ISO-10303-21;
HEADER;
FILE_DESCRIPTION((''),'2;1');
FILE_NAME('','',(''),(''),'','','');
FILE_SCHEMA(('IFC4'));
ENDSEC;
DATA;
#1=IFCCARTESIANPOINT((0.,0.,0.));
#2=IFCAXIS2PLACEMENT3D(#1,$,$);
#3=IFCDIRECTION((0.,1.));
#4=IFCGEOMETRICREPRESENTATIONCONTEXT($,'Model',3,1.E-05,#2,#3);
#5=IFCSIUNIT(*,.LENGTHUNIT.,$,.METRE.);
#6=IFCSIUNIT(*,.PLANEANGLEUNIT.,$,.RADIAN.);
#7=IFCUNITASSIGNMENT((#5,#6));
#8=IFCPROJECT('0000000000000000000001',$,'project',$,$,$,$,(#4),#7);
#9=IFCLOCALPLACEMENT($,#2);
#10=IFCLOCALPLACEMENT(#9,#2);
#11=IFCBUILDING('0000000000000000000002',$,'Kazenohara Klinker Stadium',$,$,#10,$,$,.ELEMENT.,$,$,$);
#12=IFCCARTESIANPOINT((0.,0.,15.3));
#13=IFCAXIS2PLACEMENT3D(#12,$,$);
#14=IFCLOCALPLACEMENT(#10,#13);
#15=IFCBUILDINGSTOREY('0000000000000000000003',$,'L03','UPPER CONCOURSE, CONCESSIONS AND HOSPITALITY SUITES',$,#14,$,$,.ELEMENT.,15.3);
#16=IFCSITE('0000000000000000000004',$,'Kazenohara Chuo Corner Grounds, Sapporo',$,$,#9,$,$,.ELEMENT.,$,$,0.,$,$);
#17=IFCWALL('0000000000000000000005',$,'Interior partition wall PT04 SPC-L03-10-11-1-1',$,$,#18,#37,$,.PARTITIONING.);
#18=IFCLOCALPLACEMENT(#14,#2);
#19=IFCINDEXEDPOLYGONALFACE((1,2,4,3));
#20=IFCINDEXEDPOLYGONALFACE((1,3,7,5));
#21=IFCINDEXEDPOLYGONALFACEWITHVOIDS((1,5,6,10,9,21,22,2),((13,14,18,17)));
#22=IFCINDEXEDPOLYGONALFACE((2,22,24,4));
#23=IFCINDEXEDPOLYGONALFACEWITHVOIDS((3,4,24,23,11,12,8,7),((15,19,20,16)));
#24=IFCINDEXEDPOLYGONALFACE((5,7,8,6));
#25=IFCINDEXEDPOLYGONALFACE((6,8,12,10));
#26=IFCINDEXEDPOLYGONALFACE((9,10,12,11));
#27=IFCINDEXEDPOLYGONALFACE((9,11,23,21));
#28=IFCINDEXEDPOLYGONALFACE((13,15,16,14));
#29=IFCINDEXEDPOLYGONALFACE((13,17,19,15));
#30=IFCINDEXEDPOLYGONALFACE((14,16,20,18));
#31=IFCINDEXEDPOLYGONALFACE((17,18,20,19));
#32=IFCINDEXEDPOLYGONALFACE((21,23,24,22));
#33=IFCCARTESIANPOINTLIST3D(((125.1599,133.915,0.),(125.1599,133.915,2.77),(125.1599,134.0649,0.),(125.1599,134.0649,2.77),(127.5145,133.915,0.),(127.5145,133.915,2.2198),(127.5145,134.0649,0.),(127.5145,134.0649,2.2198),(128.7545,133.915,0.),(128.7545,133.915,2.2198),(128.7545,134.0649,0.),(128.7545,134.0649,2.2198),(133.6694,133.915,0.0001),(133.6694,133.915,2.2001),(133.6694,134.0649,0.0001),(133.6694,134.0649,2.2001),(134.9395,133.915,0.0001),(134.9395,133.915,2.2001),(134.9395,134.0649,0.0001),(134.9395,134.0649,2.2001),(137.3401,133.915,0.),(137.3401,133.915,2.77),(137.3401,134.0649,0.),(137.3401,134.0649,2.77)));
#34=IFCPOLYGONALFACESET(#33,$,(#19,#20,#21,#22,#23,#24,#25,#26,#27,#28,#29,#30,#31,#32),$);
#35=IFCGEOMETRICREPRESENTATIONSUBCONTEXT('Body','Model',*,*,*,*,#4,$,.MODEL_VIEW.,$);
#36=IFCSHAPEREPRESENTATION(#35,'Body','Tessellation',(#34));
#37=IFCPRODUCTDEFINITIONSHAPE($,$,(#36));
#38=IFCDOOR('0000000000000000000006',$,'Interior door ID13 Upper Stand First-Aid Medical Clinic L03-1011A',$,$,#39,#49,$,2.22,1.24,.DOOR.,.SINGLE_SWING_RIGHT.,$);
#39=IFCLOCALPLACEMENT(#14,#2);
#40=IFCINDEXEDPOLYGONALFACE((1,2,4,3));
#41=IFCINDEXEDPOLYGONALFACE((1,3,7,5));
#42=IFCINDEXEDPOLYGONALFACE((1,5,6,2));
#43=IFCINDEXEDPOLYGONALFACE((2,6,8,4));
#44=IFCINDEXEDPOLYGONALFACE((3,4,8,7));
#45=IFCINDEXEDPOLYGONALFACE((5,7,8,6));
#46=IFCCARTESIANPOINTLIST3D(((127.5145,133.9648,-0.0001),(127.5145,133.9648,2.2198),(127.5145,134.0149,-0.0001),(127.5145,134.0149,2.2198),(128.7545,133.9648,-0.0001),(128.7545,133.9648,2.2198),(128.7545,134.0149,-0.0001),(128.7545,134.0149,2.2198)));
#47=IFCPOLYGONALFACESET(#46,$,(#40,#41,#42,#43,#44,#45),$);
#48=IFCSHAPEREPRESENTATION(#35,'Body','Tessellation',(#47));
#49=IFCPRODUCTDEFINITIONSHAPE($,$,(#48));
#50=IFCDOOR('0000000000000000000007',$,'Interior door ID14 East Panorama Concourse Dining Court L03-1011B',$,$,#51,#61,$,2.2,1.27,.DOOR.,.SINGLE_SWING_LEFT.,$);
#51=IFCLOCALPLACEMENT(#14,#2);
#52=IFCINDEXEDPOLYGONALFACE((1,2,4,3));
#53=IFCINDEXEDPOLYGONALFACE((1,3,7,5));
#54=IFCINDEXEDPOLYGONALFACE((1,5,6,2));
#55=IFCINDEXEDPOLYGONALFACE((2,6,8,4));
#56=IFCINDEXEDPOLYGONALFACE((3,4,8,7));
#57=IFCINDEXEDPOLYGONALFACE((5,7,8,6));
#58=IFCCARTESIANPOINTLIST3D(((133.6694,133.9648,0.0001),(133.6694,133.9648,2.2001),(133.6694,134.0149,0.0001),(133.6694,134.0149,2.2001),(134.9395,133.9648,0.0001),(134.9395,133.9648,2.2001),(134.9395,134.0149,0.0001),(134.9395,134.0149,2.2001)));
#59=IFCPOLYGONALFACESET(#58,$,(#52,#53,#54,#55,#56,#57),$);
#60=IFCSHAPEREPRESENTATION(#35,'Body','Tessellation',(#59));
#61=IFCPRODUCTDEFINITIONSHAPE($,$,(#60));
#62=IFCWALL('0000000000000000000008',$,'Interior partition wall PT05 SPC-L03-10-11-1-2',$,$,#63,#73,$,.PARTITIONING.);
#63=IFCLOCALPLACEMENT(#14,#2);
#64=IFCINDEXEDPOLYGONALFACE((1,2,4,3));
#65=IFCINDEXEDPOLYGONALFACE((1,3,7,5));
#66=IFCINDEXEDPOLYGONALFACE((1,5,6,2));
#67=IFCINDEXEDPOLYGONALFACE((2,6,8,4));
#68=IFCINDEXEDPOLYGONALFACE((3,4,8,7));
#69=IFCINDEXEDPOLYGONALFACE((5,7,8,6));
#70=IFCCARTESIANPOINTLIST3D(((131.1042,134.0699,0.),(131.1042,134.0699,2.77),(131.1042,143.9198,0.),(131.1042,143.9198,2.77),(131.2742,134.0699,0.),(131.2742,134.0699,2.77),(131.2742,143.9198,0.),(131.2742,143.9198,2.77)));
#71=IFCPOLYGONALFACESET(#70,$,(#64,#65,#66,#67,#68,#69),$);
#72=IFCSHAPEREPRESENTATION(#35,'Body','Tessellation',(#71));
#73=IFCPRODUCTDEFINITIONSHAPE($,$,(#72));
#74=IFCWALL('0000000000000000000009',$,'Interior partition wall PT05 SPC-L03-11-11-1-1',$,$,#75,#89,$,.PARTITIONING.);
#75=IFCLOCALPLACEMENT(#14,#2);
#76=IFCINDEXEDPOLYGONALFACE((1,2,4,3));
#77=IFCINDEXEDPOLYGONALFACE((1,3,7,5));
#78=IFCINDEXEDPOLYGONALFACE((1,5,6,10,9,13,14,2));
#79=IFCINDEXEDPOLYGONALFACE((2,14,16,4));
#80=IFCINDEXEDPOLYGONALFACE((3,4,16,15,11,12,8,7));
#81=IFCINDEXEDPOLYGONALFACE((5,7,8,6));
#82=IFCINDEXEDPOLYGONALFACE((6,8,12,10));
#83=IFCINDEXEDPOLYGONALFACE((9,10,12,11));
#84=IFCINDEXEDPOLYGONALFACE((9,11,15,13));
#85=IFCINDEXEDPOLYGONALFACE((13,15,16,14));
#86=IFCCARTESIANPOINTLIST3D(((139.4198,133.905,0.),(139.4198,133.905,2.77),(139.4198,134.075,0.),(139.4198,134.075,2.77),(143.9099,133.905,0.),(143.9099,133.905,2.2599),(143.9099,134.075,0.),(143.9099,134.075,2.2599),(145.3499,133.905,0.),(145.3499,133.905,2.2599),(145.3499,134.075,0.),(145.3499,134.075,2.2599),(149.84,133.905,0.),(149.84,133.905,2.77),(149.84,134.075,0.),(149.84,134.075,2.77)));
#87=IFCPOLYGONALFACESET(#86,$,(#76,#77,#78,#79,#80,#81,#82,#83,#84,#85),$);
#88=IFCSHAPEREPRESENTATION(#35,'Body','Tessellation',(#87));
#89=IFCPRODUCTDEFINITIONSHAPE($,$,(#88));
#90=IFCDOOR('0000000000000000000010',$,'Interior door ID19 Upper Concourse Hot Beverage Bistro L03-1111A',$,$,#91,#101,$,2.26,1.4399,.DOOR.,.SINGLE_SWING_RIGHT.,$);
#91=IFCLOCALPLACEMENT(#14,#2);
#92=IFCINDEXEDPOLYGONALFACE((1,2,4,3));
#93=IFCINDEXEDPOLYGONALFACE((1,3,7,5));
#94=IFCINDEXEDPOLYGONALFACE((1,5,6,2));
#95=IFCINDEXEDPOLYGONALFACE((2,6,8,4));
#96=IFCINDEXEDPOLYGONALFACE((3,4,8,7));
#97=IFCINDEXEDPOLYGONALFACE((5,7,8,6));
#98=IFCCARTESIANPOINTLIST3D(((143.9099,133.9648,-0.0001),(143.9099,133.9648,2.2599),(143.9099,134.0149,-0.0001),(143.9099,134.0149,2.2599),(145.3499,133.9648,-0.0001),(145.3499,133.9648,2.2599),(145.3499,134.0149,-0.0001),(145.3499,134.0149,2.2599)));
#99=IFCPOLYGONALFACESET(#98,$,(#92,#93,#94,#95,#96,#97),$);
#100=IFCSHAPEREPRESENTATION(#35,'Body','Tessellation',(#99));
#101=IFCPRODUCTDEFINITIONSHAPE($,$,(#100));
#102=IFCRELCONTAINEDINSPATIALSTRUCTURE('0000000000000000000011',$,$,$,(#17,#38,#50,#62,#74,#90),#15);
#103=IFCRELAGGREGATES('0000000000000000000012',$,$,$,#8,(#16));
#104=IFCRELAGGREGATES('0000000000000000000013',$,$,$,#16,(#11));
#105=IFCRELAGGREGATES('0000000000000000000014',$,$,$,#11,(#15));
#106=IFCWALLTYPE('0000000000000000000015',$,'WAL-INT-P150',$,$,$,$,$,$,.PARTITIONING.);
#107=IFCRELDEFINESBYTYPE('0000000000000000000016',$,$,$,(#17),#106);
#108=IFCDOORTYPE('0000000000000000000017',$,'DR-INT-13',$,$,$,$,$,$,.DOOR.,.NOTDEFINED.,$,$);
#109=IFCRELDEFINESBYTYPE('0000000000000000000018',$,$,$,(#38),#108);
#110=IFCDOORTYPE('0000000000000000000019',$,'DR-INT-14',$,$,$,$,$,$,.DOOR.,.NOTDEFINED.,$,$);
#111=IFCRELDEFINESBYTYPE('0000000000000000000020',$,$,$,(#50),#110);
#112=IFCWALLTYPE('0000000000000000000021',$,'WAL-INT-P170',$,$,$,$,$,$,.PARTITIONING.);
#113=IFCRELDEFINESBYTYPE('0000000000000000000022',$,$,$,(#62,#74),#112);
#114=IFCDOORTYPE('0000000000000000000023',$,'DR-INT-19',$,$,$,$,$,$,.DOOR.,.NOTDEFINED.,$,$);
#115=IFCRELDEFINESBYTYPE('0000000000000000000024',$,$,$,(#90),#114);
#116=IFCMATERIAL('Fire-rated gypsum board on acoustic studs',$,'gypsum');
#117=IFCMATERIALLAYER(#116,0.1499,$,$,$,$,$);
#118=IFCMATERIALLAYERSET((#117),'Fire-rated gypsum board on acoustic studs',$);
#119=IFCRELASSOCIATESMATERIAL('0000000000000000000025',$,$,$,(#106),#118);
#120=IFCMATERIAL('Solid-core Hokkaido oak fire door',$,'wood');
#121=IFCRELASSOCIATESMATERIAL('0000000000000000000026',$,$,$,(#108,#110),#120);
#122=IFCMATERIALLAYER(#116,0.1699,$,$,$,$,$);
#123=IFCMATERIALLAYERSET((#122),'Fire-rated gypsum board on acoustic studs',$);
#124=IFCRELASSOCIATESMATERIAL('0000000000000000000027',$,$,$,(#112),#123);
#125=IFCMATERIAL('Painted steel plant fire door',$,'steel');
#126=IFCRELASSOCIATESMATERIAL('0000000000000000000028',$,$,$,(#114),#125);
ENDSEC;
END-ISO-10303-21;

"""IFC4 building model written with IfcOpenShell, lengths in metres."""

from ifc_helpers import new_model, si_unit, direction, frame, frame_2d, origin, place, context, subcontext, project, spatial, rectangle, extrude, material, layer, layer_set, type_object, element, fill, save


model = new_model("IFC4")

# Units and contexts
model_context = context("Model", 3, precision=1e-05, world=origin(), true_north=direction((0.0, 1.0)))
body_context = subcontext(model_context, "Body", "Model", "MODEL_VIEW")
ifc_project = project(units=[si_unit("LENGTHUNIT", "METRE"), si_unit("PLANEANGLEUNIT", "RADIAN")], contexts=[model_context])

# Site, building, storey
site_placement = place(None, origin())
site = spatial("IfcSite", under=ifc_project, at=site_placement, Name="Kazenohara Chuo Corner Grounds, Sapporo", CompositionType="ELEMENT", RefElevation=0.0)
building_placement = place(site_placement, origin())
building = spatial("IfcBuilding", under=site, at=building_placement, Name="Kazenohara Klinker Stadium", CompositionType="ELEMENT")
storey_placement = place(building_placement, frame((0.0, 0.0, 15.3)))
storey = spatial("IfcBuildingStorey", under=building, at=storey_placement, Name="L03", Description="UPPER CONCOURSE, CONCESSIONS AND HOSPITALITY SUITES", CompositionType="ELEMENT", Elevation=15.3)

# Wall, openings, doors
ifc_material_1 = material(Name="Fire-rated gypsum board on acoustic studs", Category="gypsum")
ifc_layer_1 = layer(ifc_material_1, 0.1499)
ifc_layer_set_1 = layer_set([ifc_layer_1], Name="Fire-rated gypsum board on acoustic studs")
wall_type_1 = type_object("IfcWallType", Name="WAL-INT-P150", PredefinedType="PARTITIONING", material=ifc_layer_set_1)
wall_1_placement = place(storey_placement, frame((125.1599, 133.99, 0.0), z_axis=(0.0, 0.0, 1.0), x_axis=(1.0, 0.0, 0.0)))
wall_1 = element("IfcWall", 1, at=wall_1_placement, inside=storey, type_object=wall_type_1, Name="Interior partition wall PT04 SPC-L03-10-11-1-1", PredefinedType="PARTITIONING", context=body_context, shape_type="SweptSolid", body=[
    extrude(rectangle(XDim=12.1802, YDim=0.1499, at=frame_2d((6.0901, 0.0))), origin(), (0.0, 0.0, 1.0), 2.77),
])
opening_1_placement = place(wall_1_placement, frame((2.3545, 0.0, 0.0)))
opening_1 = element("IfcOpeningElement", 2, at=opening_1_placement, cuts=wall_1, PredefinedType="OPENING", context=body_context, shape_type="SweptSolid", body=[
    extrude(rectangle(XDim=1.24, YDim=2.22, at=frame_2d((0.6201, 1.1099))), frame((0.0, 0.085, 0.0), z_axis=(0.0, -1.0, 0.0), x_axis=(1.0, 0.0, 0.0)), (0.0, 0.0, 1.0), 0.1699),
])
opening_2_placement = place(wall_1_placement, frame((8.5095, 0.0, 0.0)))
opening_2 = element("IfcOpeningElement", 3, at=opening_2_placement, cuts=wall_1, PredefinedType="OPENING", context=body_context, shape_type="SweptSolid", body=[
    extrude(rectangle(XDim=1.27, YDim=2.2, at=frame_2d((0.635, 1.1001))), frame((0.0, 0.085, 0.0), z_axis=(0.0, -1.0, 0.0), x_axis=(1.0, 0.0, 0.0)), (0.0, 0.0, 1.0), 0.1699),
])
ifc_material_2 = material(Name="Solid-core Hokkaido oak fire door", Category="wood")
door_type_1 = type_object("IfcDoorType", Name="DR-INT-13", OperationType="NOTDEFINED", PredefinedType="DOOR", material=ifc_material_2)
door_1_placement = place(opening_1_placement, origin())
door_1 = element("IfcDoor", 4, at=door_1_placement, inside=storey, type_object=door_type_1, Name="Interior door ID13 Upper Stand First-Aid Medical Clinic L03-1011A", OperationType="SINGLE_SWING_RIGHT", OverallHeight=2.22, OverallWidth=1.24, PredefinedType="DOOR", context=body_context, shape_type="SweptSolid", body=[
    extrude(rectangle(XDim=1.24, YDim=2.22, at=frame_2d((0.6201, 1.1099))), frame((0.0, 0.0249, 0.0), z_axis=(0.0, -1.0, 0.0), x_axis=(1.0, 0.0, 0.0)), (0.0, 0.0, 1.0), 0.05),
])
fill(opening_1, door_1)
door_type_2 = type_object("IfcDoorType", Name="DR-INT-14", OperationType="NOTDEFINED", PredefinedType="DOOR", material=ifc_material_2)
door_2_placement = place(opening_2_placement, origin())
door_2 = element("IfcDoor", 5, at=door_2_placement, inside=storey, type_object=door_type_2, Name="Interior door ID14 East Panorama Concourse Dining Court L03-1011B", OperationType="SINGLE_SWING_LEFT", OverallHeight=2.2, OverallWidth=1.27, PredefinedType="DOOR", context=body_context, shape_type="SweptSolid", body=[
    extrude(rectangle(XDim=1.27, YDim=2.2, at=frame_2d((0.635, 1.1001))), frame((0.0, 0.0249, 0.0), z_axis=(0.0, -1.0, 0.0), x_axis=(1.0, 0.0, 0.0)), (0.0, 0.0, 1.0), 0.05),
])
fill(opening_2, door_2)

# Wall
ifc_layer_2 = layer(ifc_material_1, 0.1699)
ifc_layer_set_2 = layer_set([ifc_layer_2], Name="Fire-rated gypsum board on acoustic studs")
wall_type_2 = type_object("IfcWallType", Name="WAL-INT-P170", PredefinedType="PARTITIONING", material=ifc_layer_set_2)
wall_2_placement = place(storey_placement, frame((131.1892, 134.0701, 0.0), z_axis=(0.0, 0.0, 1.0), x_axis=(0.0, 1.0, 0.0)))
element("IfcWall", 6, at=wall_2_placement, inside=storey, type_object=wall_type_2, Name="Interior partition wall PT05 SPC-L03-10-11-1-2", PredefinedType="PARTITIONING", context=body_context, shape_type="SweptSolid", body=[
    extrude(rectangle(XDim=9.8499, YDim=0.1699, at=frame_2d((4.9248, 0.0))), origin(), (0.0, 0.0, 1.0), 2.77),
])

# Wall, opening, door
wall_3_placement = place(storey_placement, frame((139.4199, 133.99, 0.0), z_axis=(0.0, 0.0, 1.0), x_axis=(1.0, 0.0, 0.0)))
wall_3 = element("IfcWall", 7, at=wall_3_placement, inside=storey, type_object=wall_type_2, Name="Interior partition wall PT05 SPC-L03-11-11-1-1", PredefinedType="PARTITIONING", context=body_context, shape_type="SweptSolid", body=[
    extrude(rectangle(XDim=10.4202, YDim=0.1699, at=frame_2d((5.21, 0.0))), origin(), (0.0, 0.0, 1.0), 2.77),
])
opening_3_placement = place(wall_3_placement, frame((4.49, 0.0, 0.0)))
opening_3 = element("IfcOpeningElement", 8, at=opening_3_placement, cuts=wall_3, PredefinedType="OPENING", context=body_context, shape_type="SweptSolid", body=[
    extrude(rectangle(XDim=1.4399, YDim=2.26, at=frame_2d((0.72, 1.1299))), frame((0.0, 0.095, 0.0), z_axis=(0.0, -1.0, 0.0), x_axis=(1.0, 0.0, 0.0)), (0.0, 0.0, 1.0), 0.1899),
])
ifc_material_3 = material(Name="Painted steel plant fire door", Category="steel")
door_type_3 = type_object("IfcDoorType", Name="DR-INT-19", OperationType="NOTDEFINED", PredefinedType="DOOR", material=ifc_material_3)
door_3_placement = place(opening_3_placement, origin())
door_3 = element("IfcDoor", 9, at=door_3_placement, inside=storey, type_object=door_type_3, Name="Interior door ID19 Upper Concourse Hot Beverage Bistro L03-1111A", OperationType="SINGLE_SWING_RIGHT", OverallHeight=2.26, OverallWidth=1.4399, PredefinedType="DOOR", context=body_context, shape_type="SweptSolid", body=[
    extrude(rectangle(XDim=1.4399, YDim=2.26, at=frame_2d((0.72, 1.1299))), frame((0.0, 0.0249, 0.0), z_axis=(0.0, -1.0, 0.0), x_axis=(1.0, 0.0, 0.0)), (0.0, 0.0, 1.0), 0.05),
])
fill(opening_3, door_3)

save(model, "model.ifc")
